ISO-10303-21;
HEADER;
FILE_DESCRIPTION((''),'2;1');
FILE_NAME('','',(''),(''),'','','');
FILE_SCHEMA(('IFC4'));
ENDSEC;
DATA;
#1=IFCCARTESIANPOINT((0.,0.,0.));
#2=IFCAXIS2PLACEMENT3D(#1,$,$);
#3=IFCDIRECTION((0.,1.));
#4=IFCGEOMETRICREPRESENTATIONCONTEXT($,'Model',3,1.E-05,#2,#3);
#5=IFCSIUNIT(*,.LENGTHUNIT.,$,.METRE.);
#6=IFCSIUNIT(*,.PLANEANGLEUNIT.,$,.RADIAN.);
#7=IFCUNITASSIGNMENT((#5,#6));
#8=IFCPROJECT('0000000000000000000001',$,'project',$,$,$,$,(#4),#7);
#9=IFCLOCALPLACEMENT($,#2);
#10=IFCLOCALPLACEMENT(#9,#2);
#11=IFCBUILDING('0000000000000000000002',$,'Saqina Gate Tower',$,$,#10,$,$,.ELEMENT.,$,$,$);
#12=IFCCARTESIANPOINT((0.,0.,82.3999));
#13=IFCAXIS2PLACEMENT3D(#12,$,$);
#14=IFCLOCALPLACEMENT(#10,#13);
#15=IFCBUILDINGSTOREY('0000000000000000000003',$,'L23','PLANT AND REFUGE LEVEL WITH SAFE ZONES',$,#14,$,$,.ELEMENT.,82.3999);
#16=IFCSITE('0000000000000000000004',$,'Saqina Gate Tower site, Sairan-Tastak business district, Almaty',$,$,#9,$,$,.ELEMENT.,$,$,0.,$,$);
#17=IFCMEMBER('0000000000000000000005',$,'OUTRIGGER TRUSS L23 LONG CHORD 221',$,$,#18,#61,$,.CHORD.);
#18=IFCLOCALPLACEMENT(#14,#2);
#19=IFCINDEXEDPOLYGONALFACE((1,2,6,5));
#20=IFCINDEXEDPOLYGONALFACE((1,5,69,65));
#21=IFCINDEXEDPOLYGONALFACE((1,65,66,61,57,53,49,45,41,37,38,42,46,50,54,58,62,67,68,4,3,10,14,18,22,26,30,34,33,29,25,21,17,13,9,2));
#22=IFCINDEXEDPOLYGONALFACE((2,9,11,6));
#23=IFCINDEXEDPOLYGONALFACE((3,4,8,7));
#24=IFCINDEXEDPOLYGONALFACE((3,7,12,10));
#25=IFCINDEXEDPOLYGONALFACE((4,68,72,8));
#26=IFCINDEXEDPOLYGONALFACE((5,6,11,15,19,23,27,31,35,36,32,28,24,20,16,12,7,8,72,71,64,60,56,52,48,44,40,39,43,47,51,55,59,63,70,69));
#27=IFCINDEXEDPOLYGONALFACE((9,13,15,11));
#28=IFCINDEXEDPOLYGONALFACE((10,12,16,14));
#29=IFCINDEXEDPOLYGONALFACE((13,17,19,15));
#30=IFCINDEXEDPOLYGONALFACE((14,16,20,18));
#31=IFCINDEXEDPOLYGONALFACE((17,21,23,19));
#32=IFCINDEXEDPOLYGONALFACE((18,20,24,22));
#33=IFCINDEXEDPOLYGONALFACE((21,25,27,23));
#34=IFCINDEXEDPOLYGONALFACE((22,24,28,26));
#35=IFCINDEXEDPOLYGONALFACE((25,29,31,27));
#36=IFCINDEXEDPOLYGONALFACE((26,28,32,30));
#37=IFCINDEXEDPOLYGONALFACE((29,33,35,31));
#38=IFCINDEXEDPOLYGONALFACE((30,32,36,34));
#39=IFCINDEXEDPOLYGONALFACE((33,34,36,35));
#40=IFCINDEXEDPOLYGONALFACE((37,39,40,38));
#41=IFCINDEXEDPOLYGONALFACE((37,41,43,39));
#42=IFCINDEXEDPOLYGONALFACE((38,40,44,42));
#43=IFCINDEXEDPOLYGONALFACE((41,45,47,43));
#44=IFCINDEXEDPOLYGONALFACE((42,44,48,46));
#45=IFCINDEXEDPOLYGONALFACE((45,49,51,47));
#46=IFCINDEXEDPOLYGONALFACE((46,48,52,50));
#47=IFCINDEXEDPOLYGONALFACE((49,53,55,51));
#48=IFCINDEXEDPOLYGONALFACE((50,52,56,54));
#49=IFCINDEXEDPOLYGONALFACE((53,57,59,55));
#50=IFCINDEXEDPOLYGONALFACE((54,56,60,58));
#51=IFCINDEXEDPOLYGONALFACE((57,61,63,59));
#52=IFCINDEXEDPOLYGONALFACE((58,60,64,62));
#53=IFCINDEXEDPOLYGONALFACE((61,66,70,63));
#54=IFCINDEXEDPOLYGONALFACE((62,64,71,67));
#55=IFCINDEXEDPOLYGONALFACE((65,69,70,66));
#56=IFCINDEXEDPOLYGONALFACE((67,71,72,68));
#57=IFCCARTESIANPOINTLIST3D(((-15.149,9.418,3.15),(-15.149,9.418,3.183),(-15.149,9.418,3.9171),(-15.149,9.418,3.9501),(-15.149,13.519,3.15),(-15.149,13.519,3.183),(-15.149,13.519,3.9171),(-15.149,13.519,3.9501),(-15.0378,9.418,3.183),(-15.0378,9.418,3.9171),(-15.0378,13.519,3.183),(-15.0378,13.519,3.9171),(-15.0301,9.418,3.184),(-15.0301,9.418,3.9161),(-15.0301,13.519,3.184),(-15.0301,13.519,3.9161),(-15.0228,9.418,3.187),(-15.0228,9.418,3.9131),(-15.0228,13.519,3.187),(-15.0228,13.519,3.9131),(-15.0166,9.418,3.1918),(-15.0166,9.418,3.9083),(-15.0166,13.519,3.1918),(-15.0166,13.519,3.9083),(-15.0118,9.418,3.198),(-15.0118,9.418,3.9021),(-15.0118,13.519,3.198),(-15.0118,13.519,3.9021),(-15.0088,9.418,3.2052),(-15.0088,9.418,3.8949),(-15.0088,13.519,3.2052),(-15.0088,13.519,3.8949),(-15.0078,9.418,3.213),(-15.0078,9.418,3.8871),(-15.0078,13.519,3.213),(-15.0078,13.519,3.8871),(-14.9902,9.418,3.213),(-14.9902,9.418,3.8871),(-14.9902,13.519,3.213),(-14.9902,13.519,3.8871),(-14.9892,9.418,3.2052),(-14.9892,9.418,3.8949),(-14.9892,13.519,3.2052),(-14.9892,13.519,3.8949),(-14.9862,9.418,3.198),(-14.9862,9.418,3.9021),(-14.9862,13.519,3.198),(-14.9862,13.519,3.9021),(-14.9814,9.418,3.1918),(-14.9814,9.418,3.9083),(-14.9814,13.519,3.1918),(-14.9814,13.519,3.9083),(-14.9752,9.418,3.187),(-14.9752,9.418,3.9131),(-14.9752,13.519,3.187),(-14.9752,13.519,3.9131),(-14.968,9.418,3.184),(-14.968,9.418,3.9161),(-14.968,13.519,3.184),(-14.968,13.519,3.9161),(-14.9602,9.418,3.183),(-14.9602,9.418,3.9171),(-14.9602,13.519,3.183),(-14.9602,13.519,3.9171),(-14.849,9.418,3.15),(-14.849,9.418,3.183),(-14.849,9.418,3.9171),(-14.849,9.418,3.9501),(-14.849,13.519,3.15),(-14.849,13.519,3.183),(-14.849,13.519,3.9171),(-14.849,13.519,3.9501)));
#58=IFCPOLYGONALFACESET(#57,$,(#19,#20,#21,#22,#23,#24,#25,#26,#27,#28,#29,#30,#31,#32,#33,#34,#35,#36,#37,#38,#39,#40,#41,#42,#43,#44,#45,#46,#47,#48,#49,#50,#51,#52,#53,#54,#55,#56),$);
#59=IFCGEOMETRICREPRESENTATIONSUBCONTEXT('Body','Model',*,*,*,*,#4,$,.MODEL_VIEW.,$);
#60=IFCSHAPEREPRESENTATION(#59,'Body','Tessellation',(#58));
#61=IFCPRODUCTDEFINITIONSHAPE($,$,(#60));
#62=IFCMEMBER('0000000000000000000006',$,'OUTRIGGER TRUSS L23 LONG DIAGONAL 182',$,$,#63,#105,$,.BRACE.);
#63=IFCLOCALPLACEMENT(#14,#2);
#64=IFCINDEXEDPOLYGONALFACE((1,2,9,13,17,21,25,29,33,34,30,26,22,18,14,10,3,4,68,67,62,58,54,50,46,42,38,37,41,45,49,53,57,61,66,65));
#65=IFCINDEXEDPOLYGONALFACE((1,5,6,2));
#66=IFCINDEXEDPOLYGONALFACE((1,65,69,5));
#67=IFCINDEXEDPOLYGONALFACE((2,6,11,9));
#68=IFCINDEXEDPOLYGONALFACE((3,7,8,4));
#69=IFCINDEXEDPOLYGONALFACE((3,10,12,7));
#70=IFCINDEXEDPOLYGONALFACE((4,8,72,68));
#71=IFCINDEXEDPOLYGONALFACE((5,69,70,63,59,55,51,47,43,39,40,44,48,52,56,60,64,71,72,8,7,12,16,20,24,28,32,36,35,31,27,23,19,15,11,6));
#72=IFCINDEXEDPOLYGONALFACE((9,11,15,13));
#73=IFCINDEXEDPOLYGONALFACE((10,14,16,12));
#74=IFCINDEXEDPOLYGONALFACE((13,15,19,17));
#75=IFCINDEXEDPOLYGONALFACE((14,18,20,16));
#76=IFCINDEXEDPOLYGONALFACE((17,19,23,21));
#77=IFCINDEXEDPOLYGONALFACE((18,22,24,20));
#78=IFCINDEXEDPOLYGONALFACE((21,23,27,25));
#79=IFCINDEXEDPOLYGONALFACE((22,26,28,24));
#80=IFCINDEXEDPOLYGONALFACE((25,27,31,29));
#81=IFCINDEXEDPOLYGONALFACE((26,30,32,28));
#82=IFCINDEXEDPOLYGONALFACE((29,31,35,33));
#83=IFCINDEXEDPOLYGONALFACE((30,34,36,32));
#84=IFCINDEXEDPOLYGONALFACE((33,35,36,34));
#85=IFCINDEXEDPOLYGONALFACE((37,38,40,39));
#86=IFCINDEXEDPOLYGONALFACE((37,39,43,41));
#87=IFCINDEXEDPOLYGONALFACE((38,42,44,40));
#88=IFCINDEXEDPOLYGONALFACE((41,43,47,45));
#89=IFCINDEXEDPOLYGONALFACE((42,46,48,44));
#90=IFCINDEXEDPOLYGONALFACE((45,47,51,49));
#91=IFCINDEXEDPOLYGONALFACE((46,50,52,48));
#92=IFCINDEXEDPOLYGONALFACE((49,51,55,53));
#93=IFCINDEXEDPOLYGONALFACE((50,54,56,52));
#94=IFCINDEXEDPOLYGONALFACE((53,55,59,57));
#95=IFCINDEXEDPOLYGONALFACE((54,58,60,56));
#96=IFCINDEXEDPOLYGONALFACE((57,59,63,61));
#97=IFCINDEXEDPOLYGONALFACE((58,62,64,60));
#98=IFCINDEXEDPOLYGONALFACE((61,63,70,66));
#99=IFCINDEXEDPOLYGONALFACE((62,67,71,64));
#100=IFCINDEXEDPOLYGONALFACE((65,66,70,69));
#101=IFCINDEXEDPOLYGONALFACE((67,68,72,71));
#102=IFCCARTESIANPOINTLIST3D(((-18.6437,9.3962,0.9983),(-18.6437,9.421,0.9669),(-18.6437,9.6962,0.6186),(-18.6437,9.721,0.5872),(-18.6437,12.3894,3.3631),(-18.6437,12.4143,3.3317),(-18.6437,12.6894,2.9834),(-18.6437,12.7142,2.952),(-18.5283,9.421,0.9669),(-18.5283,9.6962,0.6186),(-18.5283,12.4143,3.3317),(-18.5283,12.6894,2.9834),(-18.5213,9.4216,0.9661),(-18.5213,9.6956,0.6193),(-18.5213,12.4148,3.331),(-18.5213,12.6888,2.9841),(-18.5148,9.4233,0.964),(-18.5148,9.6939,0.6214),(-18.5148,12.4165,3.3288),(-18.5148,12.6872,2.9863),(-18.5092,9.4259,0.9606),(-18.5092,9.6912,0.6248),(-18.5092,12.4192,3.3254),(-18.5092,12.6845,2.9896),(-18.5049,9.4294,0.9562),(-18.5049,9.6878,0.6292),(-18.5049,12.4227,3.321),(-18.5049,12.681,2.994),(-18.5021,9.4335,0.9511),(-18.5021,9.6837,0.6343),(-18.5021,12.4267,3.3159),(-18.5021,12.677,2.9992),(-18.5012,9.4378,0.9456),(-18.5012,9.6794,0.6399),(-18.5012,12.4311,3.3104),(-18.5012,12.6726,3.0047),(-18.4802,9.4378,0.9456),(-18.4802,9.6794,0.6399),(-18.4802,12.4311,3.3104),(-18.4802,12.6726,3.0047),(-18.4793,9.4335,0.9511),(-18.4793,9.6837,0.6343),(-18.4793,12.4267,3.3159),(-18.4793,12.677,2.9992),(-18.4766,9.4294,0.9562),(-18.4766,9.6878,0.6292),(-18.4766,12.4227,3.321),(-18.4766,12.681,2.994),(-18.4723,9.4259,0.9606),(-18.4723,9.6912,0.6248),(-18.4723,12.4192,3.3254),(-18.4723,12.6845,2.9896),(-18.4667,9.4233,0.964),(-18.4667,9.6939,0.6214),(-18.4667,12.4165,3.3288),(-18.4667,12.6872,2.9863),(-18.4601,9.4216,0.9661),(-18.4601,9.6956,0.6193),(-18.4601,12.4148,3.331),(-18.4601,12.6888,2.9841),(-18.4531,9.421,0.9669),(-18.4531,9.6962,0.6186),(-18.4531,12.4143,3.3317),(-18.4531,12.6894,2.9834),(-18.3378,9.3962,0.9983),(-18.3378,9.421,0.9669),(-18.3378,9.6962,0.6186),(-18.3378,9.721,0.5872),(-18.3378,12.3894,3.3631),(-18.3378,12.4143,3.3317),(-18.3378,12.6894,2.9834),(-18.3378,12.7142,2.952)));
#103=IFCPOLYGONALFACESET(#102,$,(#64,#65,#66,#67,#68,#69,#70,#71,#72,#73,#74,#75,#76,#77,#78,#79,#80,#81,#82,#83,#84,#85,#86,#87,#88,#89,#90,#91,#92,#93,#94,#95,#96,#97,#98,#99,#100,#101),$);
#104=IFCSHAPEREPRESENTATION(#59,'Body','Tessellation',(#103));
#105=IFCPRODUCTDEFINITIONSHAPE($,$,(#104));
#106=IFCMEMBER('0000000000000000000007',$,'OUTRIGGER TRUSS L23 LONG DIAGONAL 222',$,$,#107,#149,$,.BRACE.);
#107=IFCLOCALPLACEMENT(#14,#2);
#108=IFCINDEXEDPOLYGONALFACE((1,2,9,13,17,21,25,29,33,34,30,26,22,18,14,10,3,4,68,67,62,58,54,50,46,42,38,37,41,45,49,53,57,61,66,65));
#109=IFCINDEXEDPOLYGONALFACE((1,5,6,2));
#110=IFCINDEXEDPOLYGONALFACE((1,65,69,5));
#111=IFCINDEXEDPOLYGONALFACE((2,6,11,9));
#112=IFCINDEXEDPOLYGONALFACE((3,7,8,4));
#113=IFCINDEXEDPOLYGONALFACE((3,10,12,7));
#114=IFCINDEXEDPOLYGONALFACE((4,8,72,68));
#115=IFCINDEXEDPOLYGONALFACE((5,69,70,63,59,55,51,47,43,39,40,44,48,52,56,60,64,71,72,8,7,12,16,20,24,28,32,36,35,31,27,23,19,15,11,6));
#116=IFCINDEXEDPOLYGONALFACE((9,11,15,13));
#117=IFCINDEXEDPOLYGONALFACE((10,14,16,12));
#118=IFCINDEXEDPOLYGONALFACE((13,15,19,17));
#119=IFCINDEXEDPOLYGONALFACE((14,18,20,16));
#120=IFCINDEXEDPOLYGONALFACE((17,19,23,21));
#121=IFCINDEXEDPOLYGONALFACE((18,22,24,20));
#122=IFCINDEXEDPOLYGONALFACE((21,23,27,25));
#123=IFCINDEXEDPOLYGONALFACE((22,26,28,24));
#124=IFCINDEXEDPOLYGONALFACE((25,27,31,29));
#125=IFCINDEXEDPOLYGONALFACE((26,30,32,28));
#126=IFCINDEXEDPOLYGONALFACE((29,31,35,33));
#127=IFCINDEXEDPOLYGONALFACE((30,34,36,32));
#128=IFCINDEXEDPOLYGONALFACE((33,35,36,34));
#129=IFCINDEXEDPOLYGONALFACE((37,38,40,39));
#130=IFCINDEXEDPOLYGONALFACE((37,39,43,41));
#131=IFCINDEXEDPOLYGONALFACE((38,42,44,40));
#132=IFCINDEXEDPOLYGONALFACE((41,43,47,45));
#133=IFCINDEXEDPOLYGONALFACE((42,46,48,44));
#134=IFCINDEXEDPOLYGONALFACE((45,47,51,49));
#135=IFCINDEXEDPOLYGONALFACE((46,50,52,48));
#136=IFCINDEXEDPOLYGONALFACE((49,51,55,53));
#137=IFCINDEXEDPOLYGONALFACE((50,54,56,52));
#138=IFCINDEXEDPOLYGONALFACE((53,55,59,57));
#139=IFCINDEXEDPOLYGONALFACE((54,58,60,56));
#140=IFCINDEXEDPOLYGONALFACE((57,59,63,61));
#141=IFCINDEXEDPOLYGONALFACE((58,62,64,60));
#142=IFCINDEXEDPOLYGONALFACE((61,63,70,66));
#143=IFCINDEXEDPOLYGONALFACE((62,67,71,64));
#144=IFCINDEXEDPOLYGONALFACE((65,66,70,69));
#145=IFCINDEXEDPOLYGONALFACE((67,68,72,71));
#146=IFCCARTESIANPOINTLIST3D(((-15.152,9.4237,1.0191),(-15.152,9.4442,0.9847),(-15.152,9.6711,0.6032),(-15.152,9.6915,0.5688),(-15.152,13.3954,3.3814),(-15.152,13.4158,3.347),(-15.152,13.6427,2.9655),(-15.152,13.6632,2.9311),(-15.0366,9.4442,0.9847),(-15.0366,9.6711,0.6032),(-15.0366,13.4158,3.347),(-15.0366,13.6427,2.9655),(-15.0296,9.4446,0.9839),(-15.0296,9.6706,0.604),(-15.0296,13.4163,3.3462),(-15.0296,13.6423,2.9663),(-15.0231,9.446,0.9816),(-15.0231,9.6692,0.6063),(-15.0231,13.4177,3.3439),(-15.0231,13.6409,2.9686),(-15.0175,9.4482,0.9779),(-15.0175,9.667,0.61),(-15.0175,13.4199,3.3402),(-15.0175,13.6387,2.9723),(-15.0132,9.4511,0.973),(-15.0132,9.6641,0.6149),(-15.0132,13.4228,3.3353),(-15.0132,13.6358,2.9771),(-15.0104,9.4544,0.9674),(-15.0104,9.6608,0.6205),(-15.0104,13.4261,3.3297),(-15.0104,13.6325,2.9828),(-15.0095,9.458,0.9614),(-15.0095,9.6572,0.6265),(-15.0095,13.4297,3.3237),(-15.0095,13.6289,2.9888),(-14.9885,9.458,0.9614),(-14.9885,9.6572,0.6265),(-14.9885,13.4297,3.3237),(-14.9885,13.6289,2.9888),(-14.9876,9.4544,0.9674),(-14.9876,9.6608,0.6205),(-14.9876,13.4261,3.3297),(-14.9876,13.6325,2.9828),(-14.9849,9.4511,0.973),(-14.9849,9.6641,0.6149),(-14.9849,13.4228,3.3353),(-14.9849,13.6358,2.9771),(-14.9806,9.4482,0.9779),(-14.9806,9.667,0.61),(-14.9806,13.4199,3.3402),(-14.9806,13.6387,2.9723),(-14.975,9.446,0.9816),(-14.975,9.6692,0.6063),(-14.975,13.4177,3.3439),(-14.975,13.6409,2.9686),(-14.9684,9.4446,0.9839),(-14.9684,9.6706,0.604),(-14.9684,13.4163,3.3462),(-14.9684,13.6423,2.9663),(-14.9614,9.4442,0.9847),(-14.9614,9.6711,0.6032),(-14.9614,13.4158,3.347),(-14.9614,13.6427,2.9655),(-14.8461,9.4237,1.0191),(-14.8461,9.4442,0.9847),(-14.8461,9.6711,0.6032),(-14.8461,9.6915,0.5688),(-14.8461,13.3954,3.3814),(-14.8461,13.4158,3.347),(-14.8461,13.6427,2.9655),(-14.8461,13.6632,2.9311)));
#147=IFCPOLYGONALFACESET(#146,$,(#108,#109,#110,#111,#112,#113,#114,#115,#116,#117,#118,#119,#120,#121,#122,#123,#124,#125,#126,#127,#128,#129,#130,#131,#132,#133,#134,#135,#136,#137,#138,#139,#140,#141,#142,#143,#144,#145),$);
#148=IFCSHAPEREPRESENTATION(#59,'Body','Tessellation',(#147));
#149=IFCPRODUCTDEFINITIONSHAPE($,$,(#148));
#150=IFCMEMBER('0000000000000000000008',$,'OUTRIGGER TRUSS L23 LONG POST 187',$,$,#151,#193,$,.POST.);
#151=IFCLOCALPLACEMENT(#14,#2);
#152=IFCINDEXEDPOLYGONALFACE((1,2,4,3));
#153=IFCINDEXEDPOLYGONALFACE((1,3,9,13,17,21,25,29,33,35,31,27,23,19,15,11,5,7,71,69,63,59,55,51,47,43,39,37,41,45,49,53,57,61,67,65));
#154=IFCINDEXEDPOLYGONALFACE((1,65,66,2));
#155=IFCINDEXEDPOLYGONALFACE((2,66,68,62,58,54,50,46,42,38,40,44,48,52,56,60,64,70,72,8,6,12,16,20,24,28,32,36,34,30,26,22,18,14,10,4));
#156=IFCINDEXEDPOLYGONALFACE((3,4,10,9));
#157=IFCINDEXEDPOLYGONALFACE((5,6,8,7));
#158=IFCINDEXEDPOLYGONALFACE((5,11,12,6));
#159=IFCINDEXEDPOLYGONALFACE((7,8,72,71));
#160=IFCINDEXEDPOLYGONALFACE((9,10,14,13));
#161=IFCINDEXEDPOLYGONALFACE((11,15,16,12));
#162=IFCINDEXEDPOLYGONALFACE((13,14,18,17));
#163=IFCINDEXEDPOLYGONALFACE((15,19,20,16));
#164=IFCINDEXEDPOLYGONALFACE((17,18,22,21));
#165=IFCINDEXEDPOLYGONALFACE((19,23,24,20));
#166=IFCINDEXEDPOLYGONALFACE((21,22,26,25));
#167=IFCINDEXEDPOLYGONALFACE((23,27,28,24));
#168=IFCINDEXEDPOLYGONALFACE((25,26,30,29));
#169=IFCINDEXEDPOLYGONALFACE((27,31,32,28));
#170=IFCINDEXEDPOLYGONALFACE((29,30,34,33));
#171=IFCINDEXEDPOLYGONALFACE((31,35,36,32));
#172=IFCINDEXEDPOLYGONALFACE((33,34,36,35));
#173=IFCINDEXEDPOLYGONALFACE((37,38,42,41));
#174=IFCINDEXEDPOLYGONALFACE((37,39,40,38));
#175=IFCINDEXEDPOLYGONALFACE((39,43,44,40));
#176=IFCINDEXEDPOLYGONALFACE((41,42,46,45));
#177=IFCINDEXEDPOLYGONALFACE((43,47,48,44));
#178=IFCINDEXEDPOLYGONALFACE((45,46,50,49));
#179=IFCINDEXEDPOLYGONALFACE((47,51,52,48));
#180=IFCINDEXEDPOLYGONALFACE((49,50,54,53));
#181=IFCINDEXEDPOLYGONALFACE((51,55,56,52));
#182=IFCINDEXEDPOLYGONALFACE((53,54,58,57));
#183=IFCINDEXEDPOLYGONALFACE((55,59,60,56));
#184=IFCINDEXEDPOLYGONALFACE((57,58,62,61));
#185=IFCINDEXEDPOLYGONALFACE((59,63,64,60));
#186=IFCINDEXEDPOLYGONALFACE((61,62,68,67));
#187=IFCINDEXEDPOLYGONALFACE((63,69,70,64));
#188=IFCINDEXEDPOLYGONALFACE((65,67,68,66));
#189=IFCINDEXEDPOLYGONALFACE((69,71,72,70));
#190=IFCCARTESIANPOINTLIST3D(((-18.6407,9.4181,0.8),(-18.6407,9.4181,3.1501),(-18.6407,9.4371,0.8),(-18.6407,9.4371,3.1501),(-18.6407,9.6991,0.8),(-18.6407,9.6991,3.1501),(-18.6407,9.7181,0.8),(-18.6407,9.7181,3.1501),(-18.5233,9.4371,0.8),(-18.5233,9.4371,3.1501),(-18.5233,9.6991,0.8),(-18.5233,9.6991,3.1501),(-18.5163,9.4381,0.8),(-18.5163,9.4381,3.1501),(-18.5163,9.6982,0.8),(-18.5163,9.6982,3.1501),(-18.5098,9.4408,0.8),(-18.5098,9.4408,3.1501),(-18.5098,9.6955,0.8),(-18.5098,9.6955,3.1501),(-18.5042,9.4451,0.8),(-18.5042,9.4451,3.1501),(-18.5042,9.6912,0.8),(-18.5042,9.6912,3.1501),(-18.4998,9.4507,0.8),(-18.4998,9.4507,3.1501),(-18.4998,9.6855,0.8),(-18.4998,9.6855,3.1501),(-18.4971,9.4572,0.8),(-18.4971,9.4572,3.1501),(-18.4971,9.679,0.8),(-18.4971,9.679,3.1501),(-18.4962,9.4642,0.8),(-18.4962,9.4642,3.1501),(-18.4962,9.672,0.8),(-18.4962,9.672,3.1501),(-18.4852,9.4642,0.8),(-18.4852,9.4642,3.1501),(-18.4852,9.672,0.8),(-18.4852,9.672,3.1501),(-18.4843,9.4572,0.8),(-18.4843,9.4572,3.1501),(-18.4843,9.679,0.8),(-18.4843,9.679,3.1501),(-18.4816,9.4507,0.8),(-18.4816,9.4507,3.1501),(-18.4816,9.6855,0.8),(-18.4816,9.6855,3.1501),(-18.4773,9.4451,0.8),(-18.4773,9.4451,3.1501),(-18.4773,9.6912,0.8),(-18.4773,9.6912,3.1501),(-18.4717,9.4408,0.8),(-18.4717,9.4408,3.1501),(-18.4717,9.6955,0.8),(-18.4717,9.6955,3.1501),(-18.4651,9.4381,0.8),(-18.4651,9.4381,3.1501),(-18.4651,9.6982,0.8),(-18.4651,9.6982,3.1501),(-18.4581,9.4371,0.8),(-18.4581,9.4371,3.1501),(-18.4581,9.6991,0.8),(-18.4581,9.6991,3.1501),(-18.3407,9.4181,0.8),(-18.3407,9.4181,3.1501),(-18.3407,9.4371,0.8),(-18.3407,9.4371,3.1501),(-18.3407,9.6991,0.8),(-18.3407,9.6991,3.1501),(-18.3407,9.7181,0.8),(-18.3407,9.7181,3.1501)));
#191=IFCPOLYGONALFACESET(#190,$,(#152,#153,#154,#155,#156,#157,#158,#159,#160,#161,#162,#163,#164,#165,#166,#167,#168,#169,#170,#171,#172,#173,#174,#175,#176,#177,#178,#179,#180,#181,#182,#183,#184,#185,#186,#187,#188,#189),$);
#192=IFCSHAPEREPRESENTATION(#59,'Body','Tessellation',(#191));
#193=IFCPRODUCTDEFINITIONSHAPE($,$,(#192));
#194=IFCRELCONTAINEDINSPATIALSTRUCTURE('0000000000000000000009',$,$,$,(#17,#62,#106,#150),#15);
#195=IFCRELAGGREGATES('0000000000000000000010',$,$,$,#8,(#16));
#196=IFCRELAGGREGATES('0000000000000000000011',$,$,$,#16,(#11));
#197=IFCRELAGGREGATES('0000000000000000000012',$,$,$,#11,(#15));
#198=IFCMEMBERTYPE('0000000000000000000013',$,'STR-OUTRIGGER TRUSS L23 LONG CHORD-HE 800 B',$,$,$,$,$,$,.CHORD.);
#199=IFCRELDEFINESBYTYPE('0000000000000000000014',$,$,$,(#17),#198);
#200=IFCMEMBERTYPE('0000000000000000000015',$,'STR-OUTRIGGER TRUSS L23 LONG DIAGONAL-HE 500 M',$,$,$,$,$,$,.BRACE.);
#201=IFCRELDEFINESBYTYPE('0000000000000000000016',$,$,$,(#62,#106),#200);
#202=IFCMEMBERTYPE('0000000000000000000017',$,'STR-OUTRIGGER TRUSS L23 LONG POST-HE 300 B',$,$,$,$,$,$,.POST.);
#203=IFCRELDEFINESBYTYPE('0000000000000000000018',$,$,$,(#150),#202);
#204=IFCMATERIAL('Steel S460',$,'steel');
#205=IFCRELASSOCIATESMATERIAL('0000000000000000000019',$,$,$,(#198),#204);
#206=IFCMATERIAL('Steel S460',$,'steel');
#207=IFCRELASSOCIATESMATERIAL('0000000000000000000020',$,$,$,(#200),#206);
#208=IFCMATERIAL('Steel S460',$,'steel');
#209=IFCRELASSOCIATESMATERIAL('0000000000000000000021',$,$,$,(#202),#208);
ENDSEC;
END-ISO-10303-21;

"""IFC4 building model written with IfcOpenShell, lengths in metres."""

from ifc_helpers import new_model, si_unit, direction, frame, origin, origin_2d, place, context, subcontext, project, spatial, i_section, extrude, material, material_profile, profile_set, type_object, element, save


model = new_model("IFC4")

# Units and contexts
model_context = context("Model", 3, precision=1e-05, world=origin(), true_north=direction((0.0, 1.0)))
body_context = subcontext(model_context, "Body", "Model", "MODEL_VIEW")
ifc_project = project(units=[si_unit("LENGTHUNIT", "METRE"), si_unit("PLANEANGLEUNIT", "RADIAN")], contexts=[model_context])

# Site, building, storey
site_placement = place(None, origin())
site = spatial("IfcSite", under=ifc_project, at=site_placement, Name="Saqina Gate Tower site, Sairan-Tastak business district, Almaty", CompositionType="ELEMENT", RefElevation=0.0)
building_placement = place(site_placement, origin())
building = spatial("IfcBuilding", under=site, at=building_placement, Name="Saqina Gate Tower", CompositionType="ELEMENT")
storey_placement = place(building_placement, frame((0.0, 0.0, 82.3999)))
storey = spatial("IfcBuildingStorey", under=building, at=storey_placement, Name="L23", Description="PLANT AND REFUGE LEVEL WITH SAFE ZONES", CompositionType="ELEMENT", Elevation=82.3999)

# Members
ifc_material_1 = material(Name="Steel S460", Category="steel")
ifc_material_profile_1 = material_profile(ifc_material_1, i_section(OverallWidth=0.3, OverallDepth=0.8, WebThickness=0.0176, FlangeThickness=0.033, FilletRadius=0.03, at=origin_2d()), Name="HE 800 B")
ifc_profile_set_1 = profile_set([ifc_material_profile_1], Name="Steel S460")
member_type_1 = type_object("IfcMemberType", Name="STR-OUTRIGGER TRUSS L23 LONG CHORD-HE 800 B", PredefinedType="CHORD", material=ifc_profile_set_1)
for number, where, z_axis, x_axis, name in (
    (1, (-14.999, 9.418, 3.55), (0.0, 1.0, 0.0), (-1.0, 0.0, 0.0), "OUTRIGGER TRUSS L23 LONG CHORD 221"),
):
    element("IfcMember", number, at=place(storey_placement, frame(where, z_axis=z_axis, x_axis=x_axis)), inside=storey, type_object=member_type_1, Name=name, PredefinedType="CHORD", context=body_context, shape_type="SweptSolid", body=[
        extrude(i_section(OverallWidth=0.3, OverallDepth=0.8, WebThickness=0.0176, FlangeThickness=0.033, FilletRadius=0.03, at=origin_2d()), origin(), (0.0, 0.0, 1.0), 4.1011),
    ])
ifc_material_2 = material(Name="Steel S460", Category="steel")
ifc_material_profile_2 = material_profile(ifc_material_2, i_section(OverallWidth=0.3059, OverallDepth=0.5239, WebThickness=0.021, FlangeThickness=0.04, FilletRadius=0.0271, at=origin_2d()), Name="HE 500 M")
ifc_profile_set_2 = profile_set([ifc_material_profile_2], Name="Steel S460")
member_type_2 = type_object("IfcMemberType", Name="STR-OUTRIGGER TRUSS L23 LONG DIAGONAL-HE 500 M", PredefinedType="BRACE", material=ifc_profile_set_2)
member_1_placement = place(storey_placement, frame((-18.4907, 9.5586, 0.7927), z_axis=(0.0, 0.784663, 0.619922), x_axis=(-1.0, 0.0, 0.0)))
element("IfcMember", 2, at=member_1_placement, inside=storey, type_object=member_type_2, Name="OUTRIGGER TRUSS L23 LONG DIAGONAL 182", PredefinedType="BRACE", context=body_context, shape_type="SweptSolid", body=[
    extrude(i_section(OverallWidth=0.3059, OverallDepth=0.5239, WebThickness=0.021, FlangeThickness=0.04, FilletRadius=0.0271, at=origin_2d()), origin(), (0.0, 0.0, 1.0), 3.8147),
])
member_2_placement = place(storey_placement, frame((-14.999, 9.5576, 0.7939), z_axis=(0.0, 0.859463, 0.511198), x_axis=(-1.0, 0.0, 0.0)))
element("IfcMember", 3, at=member_2_placement, inside=storey, type_object=member_type_2, Name="OUTRIGGER TRUSS L23 LONG DIAGONAL 222", PredefinedType="BRACE", context=body_context, shape_type="SweptSolid", body=[
    extrude(i_section(OverallWidth=0.3059, OverallDepth=0.5239, WebThickness=0.021, FlangeThickness=0.04, FilletRadius=0.0271, at=origin_2d()), origin(), (0.0, 0.0, 1.0), 4.6211),
])
ifc_material_3 = material(Name="Steel S460", Category="steel")
ifc_material_profile_3 = material_profile(ifc_material_3, i_section(OverallWidth=0.3, OverallDepth=0.3, WebThickness=0.011, FlangeThickness=0.019, FilletRadius=0.0271, at=origin_2d()), Name="HE 300 B")
ifc_profile_set_3 = profile_set([ifc_material_profile_3], Name="Steel S460")
member_type_3 = type_object("IfcMemberType", Name="STR-OUTRIGGER TRUSS L23 LONG POST-HE 300 B", PredefinedType="POST", material=ifc_profile_set_3)
member_3_placement = place(storey_placement, frame((-18.4907, 9.5681, 0.8), z_axis=(0.0, 0.0, 1.0), x_axis=(1.0, 0.0, 0.0)))
element("IfcMember", 4, at=member_3_placement, inside=storey, type_object=member_type_3, Name="OUTRIGGER TRUSS L23 LONG POST 187", PredefinedType="POST", context=body_context, shape_type="SweptSolid", body=[
    extrude(i_section(OverallWidth=0.3, OverallDepth=0.3, WebThickness=0.011, FlangeThickness=0.019, FilletRadius=0.0271, at=origin_2d()), origin(), (0.0, 0.0, 1.0), 2.3501),
])

save(model, "model.ifc")
